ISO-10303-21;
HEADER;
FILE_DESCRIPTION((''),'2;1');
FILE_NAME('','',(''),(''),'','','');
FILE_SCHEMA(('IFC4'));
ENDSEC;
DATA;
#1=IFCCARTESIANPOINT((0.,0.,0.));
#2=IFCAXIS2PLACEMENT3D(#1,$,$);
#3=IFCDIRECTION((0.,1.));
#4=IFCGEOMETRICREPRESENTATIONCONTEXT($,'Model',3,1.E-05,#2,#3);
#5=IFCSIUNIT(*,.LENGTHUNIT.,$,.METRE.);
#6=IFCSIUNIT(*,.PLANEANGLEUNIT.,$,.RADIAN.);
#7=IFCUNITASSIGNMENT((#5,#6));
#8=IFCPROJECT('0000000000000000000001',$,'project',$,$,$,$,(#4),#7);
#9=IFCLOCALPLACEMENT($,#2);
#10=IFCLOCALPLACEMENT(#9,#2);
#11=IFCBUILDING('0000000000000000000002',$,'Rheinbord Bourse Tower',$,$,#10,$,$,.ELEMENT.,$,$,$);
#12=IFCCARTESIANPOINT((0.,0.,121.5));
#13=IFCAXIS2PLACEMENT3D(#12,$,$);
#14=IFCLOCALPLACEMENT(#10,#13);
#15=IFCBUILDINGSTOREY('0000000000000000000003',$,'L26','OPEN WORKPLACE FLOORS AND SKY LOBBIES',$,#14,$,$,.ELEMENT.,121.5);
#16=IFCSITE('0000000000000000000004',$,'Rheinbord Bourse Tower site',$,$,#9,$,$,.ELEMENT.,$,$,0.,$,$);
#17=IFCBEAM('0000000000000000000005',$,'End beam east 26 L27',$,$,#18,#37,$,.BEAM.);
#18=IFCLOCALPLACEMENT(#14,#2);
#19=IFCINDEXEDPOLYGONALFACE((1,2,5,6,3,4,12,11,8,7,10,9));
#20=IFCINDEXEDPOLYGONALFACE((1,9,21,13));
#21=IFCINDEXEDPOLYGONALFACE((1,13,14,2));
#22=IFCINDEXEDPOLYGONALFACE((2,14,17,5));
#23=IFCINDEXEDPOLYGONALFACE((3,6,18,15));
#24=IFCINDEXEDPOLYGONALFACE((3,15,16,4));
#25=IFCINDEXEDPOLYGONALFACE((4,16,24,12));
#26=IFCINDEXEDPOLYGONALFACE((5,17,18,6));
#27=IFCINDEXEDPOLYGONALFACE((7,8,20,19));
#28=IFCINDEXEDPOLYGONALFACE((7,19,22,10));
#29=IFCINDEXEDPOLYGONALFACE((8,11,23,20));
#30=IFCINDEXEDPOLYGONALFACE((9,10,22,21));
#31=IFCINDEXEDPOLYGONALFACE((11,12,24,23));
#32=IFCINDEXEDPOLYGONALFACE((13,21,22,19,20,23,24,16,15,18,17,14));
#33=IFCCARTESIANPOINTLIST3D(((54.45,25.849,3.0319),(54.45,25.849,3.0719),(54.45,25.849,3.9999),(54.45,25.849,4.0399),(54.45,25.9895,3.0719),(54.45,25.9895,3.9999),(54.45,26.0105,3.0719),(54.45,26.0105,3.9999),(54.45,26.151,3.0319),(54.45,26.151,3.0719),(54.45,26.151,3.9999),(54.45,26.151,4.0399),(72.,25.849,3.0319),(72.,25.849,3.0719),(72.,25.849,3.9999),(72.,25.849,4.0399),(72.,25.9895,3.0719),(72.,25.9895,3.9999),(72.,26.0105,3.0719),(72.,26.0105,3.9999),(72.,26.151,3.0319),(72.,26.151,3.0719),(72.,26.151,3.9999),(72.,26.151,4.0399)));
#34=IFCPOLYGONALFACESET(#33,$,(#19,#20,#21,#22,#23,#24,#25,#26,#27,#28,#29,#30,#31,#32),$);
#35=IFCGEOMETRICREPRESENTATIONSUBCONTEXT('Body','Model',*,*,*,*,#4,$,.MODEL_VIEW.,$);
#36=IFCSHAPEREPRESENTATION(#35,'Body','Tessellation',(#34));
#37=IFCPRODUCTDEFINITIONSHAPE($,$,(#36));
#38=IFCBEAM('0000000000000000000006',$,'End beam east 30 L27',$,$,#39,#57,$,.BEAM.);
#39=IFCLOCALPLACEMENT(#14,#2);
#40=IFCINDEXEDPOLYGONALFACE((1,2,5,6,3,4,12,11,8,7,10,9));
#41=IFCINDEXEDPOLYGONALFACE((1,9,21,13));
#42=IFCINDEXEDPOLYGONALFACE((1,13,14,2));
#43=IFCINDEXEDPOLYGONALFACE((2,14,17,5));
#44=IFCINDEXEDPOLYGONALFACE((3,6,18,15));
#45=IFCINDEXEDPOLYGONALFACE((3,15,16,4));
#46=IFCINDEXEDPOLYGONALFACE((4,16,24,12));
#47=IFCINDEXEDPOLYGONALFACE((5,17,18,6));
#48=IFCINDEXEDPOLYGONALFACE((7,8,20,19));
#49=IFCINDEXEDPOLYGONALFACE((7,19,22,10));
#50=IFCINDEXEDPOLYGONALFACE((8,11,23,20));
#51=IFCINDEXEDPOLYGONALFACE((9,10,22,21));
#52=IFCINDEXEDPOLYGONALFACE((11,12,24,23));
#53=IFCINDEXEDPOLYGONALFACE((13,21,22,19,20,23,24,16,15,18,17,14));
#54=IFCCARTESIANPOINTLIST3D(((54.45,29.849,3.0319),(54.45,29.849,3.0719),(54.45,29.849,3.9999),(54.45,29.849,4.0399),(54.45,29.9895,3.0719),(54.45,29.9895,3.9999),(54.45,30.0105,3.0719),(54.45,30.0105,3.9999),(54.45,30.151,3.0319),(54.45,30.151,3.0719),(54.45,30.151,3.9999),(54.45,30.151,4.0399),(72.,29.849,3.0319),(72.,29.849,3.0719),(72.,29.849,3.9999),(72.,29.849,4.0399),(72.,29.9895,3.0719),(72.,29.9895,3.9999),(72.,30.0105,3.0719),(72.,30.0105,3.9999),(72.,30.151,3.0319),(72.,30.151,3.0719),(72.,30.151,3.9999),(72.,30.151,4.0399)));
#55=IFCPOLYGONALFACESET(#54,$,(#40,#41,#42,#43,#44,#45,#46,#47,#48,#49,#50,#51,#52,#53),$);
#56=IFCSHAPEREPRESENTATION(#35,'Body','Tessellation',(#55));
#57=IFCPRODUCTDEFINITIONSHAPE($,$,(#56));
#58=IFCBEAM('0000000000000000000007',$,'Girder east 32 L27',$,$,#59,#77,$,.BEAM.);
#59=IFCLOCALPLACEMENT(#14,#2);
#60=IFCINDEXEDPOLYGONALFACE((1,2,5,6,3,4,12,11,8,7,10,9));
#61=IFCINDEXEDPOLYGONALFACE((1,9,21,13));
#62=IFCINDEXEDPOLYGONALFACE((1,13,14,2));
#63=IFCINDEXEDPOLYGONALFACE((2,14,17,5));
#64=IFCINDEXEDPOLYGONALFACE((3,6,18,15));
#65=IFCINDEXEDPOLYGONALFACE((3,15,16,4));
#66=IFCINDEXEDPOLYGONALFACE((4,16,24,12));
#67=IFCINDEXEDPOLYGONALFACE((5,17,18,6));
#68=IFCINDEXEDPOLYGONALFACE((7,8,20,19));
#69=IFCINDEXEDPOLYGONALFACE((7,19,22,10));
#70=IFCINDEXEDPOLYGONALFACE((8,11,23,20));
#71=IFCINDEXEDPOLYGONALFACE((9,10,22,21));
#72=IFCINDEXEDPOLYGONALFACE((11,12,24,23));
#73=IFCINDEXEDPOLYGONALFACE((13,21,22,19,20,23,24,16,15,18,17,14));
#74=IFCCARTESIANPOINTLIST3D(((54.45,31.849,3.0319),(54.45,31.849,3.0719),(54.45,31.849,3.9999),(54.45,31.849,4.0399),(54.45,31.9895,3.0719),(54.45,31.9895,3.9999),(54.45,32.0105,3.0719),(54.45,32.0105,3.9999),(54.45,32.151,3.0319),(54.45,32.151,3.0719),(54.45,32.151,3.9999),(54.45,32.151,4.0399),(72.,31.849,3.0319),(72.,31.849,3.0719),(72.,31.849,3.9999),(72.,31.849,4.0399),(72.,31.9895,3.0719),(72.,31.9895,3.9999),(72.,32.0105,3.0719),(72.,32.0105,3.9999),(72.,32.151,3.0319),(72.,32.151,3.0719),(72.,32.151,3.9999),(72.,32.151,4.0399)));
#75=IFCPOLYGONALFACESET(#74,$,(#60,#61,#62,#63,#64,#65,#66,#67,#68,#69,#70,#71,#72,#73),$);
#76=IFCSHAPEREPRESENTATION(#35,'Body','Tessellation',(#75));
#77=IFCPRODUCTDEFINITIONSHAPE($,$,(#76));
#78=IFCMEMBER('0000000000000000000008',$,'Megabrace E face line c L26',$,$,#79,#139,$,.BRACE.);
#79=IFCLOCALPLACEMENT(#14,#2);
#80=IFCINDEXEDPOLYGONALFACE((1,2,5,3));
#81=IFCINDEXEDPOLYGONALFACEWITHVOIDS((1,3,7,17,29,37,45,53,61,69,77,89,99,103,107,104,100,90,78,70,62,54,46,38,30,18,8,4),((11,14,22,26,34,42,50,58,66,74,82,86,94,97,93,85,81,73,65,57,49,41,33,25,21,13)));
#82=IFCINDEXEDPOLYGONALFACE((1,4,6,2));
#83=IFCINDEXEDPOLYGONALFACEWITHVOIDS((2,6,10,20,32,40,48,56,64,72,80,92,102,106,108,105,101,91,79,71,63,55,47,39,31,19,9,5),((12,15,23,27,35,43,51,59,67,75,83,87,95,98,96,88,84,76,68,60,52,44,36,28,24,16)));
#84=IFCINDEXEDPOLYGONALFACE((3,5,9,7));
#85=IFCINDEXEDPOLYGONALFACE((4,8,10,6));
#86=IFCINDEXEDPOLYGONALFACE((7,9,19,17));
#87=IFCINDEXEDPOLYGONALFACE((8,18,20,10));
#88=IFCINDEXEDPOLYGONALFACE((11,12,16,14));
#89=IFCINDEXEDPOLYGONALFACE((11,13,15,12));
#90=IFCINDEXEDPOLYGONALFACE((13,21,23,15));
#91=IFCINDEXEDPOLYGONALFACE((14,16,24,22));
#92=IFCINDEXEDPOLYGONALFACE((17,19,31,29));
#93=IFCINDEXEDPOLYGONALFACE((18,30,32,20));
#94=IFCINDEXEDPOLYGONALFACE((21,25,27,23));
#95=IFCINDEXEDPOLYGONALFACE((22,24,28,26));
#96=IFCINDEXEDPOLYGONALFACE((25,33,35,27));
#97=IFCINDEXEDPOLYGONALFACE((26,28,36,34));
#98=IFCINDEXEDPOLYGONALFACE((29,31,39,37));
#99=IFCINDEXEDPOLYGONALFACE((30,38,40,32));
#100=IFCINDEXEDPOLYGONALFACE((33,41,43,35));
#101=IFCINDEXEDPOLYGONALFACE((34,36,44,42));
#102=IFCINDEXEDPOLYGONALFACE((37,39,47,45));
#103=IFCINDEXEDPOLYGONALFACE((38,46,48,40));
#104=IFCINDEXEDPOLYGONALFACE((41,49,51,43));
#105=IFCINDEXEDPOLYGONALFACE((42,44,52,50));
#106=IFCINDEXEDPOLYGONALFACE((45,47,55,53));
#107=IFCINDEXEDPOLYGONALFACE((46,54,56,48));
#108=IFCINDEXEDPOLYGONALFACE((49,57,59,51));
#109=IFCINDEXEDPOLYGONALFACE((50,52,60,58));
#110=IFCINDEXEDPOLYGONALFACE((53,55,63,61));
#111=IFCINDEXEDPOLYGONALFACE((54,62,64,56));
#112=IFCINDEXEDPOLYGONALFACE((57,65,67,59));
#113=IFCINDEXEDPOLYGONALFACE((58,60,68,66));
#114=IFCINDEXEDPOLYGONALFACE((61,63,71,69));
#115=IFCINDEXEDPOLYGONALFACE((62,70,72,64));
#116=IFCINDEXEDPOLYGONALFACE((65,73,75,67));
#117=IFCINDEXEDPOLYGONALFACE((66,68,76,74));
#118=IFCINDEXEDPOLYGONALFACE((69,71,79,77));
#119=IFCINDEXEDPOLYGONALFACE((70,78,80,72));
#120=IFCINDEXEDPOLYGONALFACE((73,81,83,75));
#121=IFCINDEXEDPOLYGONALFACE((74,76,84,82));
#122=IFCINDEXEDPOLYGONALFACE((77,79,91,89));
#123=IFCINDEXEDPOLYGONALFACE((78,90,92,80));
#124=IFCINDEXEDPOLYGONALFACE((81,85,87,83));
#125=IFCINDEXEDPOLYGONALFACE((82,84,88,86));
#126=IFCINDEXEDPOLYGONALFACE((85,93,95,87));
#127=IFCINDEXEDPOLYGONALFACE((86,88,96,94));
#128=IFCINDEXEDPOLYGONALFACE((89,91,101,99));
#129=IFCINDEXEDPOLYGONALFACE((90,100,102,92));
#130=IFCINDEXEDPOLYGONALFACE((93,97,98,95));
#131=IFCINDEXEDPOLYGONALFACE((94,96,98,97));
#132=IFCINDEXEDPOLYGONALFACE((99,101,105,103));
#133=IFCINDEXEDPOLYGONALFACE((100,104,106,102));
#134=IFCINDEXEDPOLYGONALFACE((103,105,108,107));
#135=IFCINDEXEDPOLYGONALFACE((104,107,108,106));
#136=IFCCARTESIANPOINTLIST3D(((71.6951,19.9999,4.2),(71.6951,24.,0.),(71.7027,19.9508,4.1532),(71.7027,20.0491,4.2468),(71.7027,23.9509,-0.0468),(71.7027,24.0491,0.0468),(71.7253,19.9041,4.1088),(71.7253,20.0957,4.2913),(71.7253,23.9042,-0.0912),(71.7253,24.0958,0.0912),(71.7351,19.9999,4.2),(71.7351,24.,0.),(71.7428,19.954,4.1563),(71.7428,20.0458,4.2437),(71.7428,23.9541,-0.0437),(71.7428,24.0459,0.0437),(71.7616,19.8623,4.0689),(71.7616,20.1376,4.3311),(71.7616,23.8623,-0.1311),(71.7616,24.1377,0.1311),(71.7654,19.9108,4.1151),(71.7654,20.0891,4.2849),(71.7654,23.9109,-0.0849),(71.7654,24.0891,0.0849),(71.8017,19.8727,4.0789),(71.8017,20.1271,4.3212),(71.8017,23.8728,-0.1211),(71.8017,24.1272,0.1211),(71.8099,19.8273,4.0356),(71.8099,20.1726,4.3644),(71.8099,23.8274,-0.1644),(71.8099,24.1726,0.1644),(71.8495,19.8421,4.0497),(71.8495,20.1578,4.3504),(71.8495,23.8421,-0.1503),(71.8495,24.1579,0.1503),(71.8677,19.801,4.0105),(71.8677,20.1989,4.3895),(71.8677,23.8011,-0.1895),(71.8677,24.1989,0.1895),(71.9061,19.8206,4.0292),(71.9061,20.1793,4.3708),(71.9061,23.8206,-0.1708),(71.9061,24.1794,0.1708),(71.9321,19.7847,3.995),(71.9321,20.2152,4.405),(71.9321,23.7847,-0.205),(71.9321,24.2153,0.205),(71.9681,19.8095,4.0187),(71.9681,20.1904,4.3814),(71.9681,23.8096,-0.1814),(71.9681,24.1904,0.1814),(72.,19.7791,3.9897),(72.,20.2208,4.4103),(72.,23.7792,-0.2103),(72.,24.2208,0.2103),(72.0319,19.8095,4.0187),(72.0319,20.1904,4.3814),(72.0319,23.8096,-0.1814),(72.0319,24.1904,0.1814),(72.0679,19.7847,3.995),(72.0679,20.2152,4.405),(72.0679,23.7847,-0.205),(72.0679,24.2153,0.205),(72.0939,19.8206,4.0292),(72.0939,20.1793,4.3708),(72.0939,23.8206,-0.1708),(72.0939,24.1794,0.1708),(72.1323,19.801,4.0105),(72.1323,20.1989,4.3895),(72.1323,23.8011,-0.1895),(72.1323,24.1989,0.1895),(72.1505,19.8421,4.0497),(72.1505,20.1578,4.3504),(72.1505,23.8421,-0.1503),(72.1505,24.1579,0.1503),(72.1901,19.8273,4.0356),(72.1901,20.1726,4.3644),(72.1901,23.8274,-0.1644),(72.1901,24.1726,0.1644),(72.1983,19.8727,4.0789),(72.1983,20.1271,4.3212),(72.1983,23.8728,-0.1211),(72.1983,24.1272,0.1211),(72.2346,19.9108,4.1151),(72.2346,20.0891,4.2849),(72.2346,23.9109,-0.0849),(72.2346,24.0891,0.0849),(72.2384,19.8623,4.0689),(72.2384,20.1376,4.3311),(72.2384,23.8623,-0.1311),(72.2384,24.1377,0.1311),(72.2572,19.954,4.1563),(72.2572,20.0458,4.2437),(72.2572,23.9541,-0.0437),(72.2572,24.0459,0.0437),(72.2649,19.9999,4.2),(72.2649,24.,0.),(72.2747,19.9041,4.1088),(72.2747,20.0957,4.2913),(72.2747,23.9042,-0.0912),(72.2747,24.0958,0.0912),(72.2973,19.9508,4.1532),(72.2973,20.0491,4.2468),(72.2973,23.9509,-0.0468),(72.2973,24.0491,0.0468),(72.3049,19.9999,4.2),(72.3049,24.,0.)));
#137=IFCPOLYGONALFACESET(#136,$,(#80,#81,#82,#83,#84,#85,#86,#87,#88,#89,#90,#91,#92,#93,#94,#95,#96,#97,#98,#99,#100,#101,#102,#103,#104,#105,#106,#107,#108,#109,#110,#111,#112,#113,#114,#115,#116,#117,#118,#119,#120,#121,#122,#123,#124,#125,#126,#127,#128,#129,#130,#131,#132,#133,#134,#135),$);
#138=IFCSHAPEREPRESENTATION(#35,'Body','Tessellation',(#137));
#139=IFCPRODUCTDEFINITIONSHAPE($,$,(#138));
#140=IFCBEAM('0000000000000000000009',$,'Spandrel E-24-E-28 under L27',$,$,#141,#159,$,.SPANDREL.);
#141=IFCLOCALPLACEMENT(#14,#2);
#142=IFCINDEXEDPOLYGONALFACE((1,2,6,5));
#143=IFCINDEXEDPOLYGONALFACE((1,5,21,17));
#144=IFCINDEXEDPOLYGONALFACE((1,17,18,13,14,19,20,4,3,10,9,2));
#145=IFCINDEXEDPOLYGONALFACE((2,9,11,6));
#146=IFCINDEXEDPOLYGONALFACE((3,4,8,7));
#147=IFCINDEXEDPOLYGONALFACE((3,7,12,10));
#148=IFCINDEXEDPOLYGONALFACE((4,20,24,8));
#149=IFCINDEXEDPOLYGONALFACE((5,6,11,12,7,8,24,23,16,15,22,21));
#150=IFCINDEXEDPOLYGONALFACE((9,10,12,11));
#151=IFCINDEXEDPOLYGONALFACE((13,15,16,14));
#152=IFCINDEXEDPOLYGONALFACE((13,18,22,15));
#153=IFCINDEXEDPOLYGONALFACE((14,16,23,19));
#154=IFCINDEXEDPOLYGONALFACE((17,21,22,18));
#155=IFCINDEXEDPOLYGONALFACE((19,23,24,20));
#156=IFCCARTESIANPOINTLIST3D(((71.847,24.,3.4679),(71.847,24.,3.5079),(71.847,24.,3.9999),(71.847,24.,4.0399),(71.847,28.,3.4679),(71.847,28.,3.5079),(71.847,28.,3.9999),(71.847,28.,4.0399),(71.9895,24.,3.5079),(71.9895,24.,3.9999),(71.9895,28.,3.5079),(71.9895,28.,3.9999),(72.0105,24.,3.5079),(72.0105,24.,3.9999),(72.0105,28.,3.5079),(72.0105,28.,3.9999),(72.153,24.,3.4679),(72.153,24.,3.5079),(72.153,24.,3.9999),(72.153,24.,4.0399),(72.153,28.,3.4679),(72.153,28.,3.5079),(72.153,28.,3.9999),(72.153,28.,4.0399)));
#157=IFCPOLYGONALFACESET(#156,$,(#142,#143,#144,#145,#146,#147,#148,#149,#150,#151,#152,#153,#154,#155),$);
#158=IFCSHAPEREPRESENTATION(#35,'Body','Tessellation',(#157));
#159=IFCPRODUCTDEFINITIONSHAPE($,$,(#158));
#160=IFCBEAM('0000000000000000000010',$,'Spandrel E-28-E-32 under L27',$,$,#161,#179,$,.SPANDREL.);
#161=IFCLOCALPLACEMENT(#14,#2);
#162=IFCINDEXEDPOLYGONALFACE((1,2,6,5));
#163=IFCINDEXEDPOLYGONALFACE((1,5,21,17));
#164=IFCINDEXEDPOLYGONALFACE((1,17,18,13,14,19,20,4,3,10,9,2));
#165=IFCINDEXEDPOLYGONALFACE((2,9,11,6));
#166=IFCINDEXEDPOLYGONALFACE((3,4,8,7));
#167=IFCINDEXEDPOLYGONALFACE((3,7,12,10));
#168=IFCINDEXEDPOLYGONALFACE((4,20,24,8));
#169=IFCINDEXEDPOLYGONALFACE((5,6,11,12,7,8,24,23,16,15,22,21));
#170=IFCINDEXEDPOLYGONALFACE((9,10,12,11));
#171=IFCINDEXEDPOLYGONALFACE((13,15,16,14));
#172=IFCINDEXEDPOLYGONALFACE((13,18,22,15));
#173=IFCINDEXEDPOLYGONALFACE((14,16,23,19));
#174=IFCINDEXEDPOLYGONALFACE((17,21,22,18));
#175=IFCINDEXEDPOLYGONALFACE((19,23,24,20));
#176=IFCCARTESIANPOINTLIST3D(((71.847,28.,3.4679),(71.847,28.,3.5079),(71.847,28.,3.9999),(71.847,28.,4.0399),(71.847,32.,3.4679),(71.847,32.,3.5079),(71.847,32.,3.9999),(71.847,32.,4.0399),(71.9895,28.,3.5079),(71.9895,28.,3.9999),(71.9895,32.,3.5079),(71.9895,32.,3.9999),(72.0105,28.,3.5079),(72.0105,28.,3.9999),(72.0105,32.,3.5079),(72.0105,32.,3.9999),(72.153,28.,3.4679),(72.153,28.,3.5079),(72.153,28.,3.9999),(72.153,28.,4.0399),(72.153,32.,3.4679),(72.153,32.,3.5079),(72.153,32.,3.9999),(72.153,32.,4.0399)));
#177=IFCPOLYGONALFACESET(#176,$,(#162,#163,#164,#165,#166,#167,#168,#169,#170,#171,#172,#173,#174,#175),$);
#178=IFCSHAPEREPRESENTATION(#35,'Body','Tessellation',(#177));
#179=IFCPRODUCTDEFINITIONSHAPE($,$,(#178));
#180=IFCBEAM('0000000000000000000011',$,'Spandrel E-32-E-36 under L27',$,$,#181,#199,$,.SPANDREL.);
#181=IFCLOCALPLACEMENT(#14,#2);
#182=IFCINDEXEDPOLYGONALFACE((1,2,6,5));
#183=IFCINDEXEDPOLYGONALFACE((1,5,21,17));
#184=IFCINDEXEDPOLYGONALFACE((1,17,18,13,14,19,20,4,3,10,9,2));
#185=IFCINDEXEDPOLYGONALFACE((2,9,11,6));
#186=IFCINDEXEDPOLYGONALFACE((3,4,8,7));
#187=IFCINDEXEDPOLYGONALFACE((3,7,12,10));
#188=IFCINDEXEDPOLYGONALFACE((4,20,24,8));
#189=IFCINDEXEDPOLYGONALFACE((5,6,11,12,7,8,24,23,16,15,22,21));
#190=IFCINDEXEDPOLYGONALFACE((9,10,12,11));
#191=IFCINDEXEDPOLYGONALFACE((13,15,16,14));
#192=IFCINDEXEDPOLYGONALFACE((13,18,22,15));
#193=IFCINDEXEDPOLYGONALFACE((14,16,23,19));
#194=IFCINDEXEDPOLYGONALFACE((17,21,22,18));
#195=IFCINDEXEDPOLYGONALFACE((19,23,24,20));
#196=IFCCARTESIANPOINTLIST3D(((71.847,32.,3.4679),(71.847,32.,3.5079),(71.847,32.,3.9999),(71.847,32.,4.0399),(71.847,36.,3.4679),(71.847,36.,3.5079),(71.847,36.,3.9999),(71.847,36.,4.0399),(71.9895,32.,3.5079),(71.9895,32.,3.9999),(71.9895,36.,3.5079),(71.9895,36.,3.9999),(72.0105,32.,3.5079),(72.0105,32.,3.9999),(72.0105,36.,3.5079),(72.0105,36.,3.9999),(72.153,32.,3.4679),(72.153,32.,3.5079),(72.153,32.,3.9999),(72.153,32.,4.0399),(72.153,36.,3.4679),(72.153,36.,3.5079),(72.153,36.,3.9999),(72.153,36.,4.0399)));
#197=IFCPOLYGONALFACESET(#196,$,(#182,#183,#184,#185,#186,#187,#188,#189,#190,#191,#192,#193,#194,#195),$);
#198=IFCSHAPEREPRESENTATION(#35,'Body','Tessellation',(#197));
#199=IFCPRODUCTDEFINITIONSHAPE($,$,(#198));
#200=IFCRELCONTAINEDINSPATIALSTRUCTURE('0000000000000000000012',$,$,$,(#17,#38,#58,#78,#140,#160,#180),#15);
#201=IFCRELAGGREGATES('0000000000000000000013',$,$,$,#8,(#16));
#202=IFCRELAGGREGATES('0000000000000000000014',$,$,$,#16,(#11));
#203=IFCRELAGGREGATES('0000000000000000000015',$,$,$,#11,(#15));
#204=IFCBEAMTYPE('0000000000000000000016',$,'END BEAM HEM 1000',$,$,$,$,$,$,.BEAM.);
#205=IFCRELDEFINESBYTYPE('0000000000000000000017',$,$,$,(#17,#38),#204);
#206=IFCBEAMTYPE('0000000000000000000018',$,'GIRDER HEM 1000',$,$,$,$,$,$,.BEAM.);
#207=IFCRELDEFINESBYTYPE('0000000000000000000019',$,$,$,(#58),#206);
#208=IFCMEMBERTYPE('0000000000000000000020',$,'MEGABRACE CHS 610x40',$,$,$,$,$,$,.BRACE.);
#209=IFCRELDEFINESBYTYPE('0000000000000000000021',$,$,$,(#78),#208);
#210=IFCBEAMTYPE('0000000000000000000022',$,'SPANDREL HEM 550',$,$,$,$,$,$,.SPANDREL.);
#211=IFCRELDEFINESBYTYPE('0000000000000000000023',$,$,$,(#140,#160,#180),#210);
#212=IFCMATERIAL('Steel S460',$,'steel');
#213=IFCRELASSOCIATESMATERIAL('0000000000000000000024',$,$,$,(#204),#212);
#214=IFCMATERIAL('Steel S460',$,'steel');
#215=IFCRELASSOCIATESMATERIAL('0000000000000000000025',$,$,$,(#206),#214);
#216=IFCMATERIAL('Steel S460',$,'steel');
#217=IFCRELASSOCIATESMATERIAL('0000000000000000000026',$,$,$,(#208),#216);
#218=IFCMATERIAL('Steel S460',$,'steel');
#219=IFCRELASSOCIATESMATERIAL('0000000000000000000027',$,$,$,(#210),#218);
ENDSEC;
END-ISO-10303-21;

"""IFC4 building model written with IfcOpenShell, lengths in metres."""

from ifc_helpers import new_model, si_unit, direction, frame, origin, origin_2d, place, context, subcontext, project, spatial, hollow_circle, i_section, extrude, material, material_profile, profile_set, type_object, element, save


model = new_model("IFC4")

# Units and contexts
model_context = context("Model", 3, precision=1e-05, world=origin(), true_north=direction((0.0, 1.0)))
body_context = subcontext(model_context, "Body", "Model", "MODEL_VIEW")
ifc_project = project(units=[si_unit("LENGTHUNIT", "METRE"), si_unit("PLANEANGLEUNIT", "RADIAN")], contexts=[model_context])

# Site, building, storey
site_placement = place(None, origin())
site = spatial("IfcSite", under=ifc_project, at=site_placement, Name="Rheinbord Bourse Tower site", CompositionType="ELEMENT", RefElevation=0.0)
building_placement = place(site_placement, origin())
building = spatial("IfcBuilding", under=site, at=building_placement, Name="Rheinbord Bourse Tower", CompositionType="ELEMENT")
storey_placement = place(building_placement, frame((0.0, 0.0, 121.5)))
storey = spatial("IfcBuildingStorey", under=building, at=storey_placement, Name="L26", Description="OPEN WORKPLACE FLOORS AND SKY LOBBIES", CompositionType="ELEMENT", Elevation=121.5)

# Beams
ifc_material_1 = material(Name="Steel S460", Category="steel")
ifc_material_profile_1 = material_profile(ifc_material_1, i_section(OverallWidth=0.302, OverallDepth=1.0081, WebThickness=0.021, FlangeThickness=0.04, at=origin_2d()), Name="HEM 1000")
ifc_profile_set_1 = profile_set([ifc_material_profile_1], Name="Steel S460")
beam_type_1 = type_object("IfcBeamType", Name="END BEAM HEM 1000", PredefinedType="BEAM", material=ifc_profile_set_1)
for number, where, z_axis, x_axis, name in (
    (1, (54.45, 26.0, 3.5359), (1.0, 0.0, 0.0), (0.0, 1.0, 0.0), "End beam east 26 L27"),
    (2, (54.45, 30.0, 3.5359), (1.0, 0.0, 0.0), (0.0, 1.0, 0.0), "End beam east 30 L27"),
):
    element("IfcBeam", number, at=place(storey_placement, frame(where, z_axis=z_axis, x_axis=x_axis)), inside=storey, type_object=beam_type_1, Name=name, PredefinedType="BEAM", context=body_context, shape_type="SweptSolid", body=[
        extrude(i_section(OverallWidth=0.302, OverallDepth=1.0081, WebThickness=0.021, FlangeThickness=0.04, at=origin_2d()), origin(), (0.0, 0.0, 1.0), 17.55),
    ])
ifc_material_2 = material(Name="Steel S460", Category="steel")
ifc_material_profile_2 = material_profile(ifc_material_2, i_section(OverallWidth=0.302, OverallDepth=1.0081, WebThickness=0.021, FlangeThickness=0.04, at=origin_2d()), Name="HEM 1000")
ifc_profile_set_2 = profile_set([ifc_material_profile_2], Name="Steel S460")
beam_type_2 = type_object("IfcBeamType", Name="GIRDER HEM 1000", PredefinedType="BEAM", material=ifc_profile_set_2)
beam_1_placement = place(storey_placement, frame((54.45, 32.0, 3.5359), z_axis=(1.0, 0.0, 0.0), x_axis=(0.0, 1.0, 0.0)))
element("IfcBeam", 3, at=beam_1_placement, inside=storey, type_object=beam_type_2, Name="Girder east 32 L27", PredefinedType="BEAM", context=body_context, shape_type="SweptSolid", body=[
    extrude(i_section(OverallWidth=0.302, OverallDepth=1.0081, WebThickness=0.021, FlangeThickness=0.04, at=origin_2d()), origin(), (0.0, 0.0, 1.0), 17.55),
])

# Member
ifc_material_3 = material(Name="Steel S460", Category="steel")
ifc_material_profile_3 = material_profile(ifc_material_3, hollow_circle(Radius=0.3049, WallThickness=0.04, at=origin_2d()), Name="CHS 610x40")
ifc_profile_set_3 = profile_set([ifc_material_profile_3], Name="Steel S460")
member_type_1 = type_object("IfcMemberType", Name="MEGABRACE CHS 610x40", PredefinedType="BRACE", material=ifc_profile_set_3)
member_1_placement = place(storey_placement, frame((72.0, 24.0, 0.0), z_axis=(0.0, -0.689659, 0.724134), x_axis=(1.0, 0.0, 0.0)))
element("IfcMember", 4, at=member_1_placement, inside=storey, type_object=member_type_1, Name="Megabrace E face line c L26", PredefinedType="BRACE", context=body_context, shape_type="SweptSolid", body=[
    extrude(hollow_circle(Radius=0.3049, WallThickness=0.04, at=origin_2d()), origin(), (0.0, 0.0, 1.0), 5.8),
])

# Beams
ifc_material_4 = material(Name="Steel S460", Category="steel")
ifc_material_profile_4 = material_profile(ifc_material_4, i_section(OverallWidth=0.3059, OverallDepth=0.572, WebThickness=0.021, FlangeThickness=0.04, at=origin_2d()), Name="HEM 550")
ifc_profile_set_4 = profile_set([ifc_material_profile_4], Name="Steel S460")
beam_type_3 = type_object("IfcBeamType", Name="SPANDREL HEM 550", PredefinedType="SPANDREL", material=ifc_profile_set_4)
for number, where, z_axis, x_axis, name in (
    (5, (72.0, 24.0, 3.7539), (0.0, 1.0, 0.0), (-1.0, 0.0, 0.0), "Spandrel E-24-E-28 under L27"),
    (6, (72.0, 28.0, 3.7539), (0.0, 1.0, 0.0), (-1.0, 0.0, 0.0), "Spandrel E-28-E-32 under L27"),
    (7, (72.0, 32.0, 3.7539), (0.0, 1.0, 0.0), (-1.0, 0.0, 0.0), "Spandrel E-32-E-36 under L27"),
):
    element("IfcBeam", number, at=place(storey_placement, frame(where, z_axis=z_axis, x_axis=x_axis)), inside=storey, type_object=beam_type_3, Name=name, PredefinedType="SPANDREL", context=body_context, shape_type="SweptSolid", body=[
        extrude(i_section(OverallWidth=0.3059, OverallDepth=0.572, WebThickness=0.021, FlangeThickness=0.04, at=origin_2d()), origin(), (0.0, 0.0, 1.0), 4.0),
    ])

save(model, "model.ifc")
